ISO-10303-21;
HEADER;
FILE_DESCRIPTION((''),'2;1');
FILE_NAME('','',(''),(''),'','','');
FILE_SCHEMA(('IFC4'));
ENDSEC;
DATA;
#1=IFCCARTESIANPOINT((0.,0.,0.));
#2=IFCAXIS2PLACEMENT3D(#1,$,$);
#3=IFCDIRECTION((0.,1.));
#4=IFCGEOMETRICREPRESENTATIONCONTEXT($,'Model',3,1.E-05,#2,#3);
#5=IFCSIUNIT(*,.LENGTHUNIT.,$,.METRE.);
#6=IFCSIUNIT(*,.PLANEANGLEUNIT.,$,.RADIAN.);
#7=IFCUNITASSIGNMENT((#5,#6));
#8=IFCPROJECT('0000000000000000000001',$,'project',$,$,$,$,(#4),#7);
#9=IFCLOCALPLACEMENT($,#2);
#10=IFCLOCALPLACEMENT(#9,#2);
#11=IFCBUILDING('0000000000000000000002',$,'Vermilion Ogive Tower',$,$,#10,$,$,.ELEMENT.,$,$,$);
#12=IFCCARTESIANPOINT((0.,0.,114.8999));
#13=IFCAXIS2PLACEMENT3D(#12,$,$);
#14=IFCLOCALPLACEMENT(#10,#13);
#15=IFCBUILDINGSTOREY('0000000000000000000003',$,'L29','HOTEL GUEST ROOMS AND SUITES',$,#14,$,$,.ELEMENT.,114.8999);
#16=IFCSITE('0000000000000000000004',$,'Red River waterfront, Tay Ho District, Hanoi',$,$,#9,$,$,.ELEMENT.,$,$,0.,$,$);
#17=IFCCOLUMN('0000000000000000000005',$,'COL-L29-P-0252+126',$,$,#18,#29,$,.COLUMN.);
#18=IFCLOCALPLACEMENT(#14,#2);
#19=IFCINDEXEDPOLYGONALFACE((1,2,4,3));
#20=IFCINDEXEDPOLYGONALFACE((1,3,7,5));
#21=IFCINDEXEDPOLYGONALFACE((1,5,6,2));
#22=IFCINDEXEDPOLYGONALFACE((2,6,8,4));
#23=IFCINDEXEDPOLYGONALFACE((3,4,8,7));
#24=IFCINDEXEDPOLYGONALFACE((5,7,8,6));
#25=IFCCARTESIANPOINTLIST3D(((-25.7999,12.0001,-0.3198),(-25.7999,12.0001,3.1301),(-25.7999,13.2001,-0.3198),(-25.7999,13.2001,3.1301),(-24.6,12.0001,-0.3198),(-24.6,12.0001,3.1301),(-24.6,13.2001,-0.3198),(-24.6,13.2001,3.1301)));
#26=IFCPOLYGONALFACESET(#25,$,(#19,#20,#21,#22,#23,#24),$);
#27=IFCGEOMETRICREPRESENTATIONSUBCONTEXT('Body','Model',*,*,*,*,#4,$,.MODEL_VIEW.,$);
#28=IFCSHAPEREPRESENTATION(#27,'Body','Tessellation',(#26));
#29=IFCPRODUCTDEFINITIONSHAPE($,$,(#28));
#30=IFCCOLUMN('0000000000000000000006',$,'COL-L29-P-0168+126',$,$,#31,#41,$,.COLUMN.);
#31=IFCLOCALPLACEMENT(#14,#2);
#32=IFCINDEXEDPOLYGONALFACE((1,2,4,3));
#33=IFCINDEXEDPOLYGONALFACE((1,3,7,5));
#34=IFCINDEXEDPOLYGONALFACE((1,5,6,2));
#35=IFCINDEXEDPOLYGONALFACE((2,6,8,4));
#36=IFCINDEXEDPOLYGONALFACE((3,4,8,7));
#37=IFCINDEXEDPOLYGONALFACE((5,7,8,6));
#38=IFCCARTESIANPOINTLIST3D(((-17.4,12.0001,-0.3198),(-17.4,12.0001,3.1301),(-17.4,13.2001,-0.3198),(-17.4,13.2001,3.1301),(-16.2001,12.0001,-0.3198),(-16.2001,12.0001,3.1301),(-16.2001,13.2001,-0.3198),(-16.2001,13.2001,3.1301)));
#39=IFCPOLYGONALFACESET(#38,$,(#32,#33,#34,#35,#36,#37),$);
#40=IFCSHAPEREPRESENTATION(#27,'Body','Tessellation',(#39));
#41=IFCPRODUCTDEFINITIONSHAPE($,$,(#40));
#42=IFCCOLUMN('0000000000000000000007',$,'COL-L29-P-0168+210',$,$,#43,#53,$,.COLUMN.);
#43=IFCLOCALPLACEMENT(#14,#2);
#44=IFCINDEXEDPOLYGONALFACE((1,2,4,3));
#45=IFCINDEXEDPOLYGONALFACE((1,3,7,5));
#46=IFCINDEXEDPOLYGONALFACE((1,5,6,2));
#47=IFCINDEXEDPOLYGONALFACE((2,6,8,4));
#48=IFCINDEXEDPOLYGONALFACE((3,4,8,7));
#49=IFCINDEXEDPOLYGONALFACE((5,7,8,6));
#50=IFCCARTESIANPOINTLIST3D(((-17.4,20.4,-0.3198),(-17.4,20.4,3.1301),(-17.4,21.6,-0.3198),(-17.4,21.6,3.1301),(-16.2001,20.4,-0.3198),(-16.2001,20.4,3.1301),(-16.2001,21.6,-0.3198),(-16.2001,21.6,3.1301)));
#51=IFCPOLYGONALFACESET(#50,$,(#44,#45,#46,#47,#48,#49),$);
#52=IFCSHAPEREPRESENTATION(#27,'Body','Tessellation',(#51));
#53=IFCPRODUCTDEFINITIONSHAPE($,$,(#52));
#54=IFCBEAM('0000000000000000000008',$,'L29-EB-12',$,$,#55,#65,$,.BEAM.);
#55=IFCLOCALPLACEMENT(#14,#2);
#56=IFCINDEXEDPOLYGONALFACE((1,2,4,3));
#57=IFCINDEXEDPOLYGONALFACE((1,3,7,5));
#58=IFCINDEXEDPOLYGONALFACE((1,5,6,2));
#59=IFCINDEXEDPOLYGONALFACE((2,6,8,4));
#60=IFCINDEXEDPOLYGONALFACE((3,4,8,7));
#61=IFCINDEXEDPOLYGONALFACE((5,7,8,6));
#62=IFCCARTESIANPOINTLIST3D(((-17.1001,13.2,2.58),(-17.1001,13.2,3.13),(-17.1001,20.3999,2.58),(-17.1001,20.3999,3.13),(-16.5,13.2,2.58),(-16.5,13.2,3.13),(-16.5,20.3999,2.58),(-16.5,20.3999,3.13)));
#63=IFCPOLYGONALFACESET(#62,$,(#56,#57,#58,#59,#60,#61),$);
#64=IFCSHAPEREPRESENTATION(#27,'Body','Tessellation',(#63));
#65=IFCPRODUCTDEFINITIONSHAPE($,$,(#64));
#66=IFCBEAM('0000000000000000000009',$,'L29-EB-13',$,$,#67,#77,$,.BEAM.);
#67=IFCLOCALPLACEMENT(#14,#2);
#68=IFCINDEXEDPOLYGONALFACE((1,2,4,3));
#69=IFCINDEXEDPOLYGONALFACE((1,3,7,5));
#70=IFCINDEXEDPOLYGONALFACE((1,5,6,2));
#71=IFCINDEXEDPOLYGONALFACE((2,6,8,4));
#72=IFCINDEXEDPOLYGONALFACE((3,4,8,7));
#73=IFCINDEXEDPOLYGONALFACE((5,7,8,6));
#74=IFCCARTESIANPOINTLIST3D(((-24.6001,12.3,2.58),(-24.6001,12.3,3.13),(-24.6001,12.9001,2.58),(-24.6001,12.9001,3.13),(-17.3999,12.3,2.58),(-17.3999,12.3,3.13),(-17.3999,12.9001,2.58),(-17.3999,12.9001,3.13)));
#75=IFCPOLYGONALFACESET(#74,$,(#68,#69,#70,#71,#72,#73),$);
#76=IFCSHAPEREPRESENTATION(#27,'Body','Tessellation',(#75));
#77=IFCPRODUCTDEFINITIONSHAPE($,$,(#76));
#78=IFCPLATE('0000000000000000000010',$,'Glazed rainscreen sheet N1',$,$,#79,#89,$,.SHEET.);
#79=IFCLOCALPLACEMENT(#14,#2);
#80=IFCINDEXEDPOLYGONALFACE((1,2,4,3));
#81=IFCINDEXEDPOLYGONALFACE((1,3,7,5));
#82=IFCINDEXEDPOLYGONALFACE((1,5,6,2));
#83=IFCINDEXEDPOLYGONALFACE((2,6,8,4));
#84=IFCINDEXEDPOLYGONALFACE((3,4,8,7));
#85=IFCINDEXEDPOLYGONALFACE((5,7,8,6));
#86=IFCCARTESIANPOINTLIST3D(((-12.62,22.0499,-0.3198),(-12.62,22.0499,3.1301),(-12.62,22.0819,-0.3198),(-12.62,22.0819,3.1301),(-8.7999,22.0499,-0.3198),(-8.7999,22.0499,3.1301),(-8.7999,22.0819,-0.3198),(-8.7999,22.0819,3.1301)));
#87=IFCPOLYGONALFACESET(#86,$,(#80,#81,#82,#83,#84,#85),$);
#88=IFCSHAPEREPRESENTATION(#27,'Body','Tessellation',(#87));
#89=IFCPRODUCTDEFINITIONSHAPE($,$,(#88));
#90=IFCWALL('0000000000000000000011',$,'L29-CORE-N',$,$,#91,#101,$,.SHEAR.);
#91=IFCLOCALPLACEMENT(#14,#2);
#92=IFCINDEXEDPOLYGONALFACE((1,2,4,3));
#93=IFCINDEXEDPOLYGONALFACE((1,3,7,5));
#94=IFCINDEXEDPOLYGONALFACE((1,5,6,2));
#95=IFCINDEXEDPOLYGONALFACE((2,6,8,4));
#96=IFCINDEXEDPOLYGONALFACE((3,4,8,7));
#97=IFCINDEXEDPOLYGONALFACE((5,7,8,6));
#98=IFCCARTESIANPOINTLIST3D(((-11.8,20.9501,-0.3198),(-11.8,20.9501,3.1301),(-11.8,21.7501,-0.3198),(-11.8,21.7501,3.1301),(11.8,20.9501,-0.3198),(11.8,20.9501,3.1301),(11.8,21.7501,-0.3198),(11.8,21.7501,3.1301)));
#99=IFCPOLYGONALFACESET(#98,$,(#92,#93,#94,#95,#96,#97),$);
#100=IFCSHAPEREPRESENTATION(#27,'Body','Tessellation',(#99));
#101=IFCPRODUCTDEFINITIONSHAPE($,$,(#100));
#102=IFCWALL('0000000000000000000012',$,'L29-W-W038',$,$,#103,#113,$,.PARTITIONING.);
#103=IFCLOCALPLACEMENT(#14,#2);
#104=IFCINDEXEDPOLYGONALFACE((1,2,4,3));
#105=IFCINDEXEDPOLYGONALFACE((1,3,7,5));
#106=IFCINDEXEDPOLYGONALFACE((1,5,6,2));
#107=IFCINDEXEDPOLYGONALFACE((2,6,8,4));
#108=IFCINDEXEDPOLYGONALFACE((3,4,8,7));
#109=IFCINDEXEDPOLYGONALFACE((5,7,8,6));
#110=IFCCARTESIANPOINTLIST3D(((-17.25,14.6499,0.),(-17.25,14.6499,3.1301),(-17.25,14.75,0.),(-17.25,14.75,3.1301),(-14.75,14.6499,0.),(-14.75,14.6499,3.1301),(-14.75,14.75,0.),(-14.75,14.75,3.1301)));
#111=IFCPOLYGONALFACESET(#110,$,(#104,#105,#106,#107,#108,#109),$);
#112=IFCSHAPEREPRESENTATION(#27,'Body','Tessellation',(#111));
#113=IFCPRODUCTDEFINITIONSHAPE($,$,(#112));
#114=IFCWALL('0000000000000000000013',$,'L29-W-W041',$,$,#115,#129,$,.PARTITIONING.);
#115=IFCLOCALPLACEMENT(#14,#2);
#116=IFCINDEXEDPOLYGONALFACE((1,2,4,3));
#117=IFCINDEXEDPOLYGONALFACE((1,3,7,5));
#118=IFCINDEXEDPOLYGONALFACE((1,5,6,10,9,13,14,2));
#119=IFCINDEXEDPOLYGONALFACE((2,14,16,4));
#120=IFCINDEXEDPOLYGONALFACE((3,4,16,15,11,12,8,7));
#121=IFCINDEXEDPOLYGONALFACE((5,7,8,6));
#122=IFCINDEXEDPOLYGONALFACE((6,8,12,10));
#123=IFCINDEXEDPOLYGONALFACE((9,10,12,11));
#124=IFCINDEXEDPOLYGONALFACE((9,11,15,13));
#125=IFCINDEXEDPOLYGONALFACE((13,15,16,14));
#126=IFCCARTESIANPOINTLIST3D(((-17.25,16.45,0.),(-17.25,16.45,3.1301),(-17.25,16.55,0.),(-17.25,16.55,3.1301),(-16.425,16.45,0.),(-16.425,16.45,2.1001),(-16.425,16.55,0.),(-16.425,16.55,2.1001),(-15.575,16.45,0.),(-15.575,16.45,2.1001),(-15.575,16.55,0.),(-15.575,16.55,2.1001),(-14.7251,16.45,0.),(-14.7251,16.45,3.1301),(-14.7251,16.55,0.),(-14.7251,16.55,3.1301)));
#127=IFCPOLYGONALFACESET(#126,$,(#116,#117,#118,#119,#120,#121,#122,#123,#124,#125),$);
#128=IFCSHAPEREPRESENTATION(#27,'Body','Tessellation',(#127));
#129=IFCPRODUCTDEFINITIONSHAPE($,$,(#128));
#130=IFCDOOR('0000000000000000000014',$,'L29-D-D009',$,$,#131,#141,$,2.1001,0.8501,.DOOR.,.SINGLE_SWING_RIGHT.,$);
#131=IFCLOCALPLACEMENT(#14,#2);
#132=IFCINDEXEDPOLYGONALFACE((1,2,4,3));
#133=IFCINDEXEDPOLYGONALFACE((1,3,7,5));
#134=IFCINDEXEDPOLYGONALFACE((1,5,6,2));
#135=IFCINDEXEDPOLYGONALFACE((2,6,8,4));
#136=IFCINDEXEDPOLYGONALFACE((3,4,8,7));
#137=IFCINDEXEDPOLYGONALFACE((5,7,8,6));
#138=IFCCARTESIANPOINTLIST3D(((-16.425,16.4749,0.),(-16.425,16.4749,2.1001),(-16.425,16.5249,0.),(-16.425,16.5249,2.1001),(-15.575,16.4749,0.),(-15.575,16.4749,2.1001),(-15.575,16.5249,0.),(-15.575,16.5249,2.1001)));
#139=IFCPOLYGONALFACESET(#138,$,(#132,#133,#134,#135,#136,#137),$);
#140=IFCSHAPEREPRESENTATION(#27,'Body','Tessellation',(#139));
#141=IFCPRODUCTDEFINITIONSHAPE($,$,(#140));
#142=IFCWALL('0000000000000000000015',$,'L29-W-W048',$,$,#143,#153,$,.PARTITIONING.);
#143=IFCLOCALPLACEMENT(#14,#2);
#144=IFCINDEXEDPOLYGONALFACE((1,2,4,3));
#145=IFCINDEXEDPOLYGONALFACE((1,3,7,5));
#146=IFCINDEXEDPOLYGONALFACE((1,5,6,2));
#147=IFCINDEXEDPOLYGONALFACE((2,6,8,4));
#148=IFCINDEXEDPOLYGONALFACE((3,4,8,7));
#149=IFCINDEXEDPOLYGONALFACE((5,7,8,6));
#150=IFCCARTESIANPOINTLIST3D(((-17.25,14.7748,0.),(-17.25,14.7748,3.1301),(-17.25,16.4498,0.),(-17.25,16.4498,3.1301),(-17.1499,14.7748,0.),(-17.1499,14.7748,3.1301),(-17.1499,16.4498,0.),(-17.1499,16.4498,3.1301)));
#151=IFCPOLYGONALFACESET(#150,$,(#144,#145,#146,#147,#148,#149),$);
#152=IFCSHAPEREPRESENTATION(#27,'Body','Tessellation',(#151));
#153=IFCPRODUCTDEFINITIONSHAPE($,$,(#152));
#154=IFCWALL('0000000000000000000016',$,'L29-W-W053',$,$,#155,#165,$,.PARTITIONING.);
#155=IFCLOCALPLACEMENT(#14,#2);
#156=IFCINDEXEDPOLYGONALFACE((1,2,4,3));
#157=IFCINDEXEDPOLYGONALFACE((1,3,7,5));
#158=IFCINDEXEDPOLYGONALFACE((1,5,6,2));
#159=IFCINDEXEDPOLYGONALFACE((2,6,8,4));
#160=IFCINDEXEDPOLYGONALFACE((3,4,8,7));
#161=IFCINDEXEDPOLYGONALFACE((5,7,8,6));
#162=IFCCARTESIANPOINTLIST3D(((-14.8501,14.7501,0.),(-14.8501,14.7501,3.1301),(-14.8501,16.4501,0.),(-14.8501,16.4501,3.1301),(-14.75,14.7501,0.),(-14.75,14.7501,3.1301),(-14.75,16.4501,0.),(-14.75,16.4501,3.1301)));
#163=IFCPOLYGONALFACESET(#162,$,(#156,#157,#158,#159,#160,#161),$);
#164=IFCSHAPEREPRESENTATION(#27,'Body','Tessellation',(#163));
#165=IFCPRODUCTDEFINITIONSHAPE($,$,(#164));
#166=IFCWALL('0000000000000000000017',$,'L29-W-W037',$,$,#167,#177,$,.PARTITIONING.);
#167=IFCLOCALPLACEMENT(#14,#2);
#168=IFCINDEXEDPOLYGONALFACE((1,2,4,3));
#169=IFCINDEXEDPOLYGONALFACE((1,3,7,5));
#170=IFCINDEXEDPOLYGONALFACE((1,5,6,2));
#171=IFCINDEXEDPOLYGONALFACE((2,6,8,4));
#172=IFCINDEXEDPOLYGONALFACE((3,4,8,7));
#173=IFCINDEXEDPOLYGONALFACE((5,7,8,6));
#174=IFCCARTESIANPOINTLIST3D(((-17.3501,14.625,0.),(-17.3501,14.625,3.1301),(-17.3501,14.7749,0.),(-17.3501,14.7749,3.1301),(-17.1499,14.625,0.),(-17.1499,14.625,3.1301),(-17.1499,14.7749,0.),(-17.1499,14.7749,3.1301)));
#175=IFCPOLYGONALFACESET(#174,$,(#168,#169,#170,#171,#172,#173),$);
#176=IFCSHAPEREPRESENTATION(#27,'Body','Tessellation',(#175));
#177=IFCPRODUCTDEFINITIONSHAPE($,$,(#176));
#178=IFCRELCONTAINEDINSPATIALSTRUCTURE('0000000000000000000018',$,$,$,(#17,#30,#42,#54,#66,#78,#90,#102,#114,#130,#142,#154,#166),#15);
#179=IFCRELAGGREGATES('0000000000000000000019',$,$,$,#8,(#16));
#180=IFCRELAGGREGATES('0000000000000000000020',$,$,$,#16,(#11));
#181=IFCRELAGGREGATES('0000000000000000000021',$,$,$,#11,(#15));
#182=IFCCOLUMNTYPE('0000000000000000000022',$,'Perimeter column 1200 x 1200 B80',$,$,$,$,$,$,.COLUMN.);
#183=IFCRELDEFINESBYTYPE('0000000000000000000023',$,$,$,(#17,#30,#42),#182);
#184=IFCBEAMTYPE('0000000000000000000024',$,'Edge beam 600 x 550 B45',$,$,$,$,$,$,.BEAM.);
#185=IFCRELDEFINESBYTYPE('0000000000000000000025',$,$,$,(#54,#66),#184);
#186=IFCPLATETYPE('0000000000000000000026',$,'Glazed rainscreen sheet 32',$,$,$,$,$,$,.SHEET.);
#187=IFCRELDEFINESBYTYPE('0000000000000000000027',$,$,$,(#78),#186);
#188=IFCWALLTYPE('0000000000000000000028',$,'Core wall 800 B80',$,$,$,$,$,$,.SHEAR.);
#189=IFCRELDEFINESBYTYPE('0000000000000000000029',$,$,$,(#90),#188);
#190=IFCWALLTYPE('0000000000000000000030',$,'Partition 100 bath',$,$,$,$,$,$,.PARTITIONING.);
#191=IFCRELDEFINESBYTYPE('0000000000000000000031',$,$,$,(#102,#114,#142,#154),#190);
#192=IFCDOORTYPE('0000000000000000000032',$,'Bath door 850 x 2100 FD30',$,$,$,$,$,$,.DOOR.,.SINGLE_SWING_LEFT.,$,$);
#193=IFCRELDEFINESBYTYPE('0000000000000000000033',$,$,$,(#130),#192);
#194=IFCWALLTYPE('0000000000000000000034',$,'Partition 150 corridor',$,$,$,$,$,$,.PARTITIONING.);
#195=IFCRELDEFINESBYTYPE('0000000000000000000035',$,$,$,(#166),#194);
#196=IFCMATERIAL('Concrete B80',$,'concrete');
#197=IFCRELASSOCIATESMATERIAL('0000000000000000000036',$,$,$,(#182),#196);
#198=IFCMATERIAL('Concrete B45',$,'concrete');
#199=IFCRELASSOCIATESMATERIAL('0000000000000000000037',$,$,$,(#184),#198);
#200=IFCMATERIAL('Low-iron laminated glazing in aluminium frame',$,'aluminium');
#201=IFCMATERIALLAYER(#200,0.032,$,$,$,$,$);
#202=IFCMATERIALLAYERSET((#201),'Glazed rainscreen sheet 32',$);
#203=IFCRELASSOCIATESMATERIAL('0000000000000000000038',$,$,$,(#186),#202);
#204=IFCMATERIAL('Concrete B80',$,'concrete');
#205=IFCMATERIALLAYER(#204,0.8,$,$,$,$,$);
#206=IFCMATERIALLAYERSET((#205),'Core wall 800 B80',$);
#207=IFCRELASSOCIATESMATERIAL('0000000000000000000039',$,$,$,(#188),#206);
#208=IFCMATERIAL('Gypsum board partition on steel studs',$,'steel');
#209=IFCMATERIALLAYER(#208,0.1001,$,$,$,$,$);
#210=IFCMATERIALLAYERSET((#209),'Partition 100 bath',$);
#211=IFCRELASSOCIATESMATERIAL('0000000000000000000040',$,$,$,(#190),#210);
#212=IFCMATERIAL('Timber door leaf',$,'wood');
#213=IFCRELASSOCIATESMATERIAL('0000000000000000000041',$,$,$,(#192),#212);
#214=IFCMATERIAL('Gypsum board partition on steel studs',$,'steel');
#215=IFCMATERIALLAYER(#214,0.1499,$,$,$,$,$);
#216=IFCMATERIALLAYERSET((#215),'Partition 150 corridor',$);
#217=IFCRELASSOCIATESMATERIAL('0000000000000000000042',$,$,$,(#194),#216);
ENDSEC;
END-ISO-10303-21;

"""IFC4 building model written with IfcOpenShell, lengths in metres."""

from ifc_helpers import new_model, si_unit, direction, frame, frame_2d, origin, origin_2d, place, context, subcontext, project, spatial, rectangle, extrude, material, layer, layer_set, material_profile, profile_set, type_object, element, fill, save


model = new_model("IFC4")

# Units and contexts
model_context = context("Model", 3, precision=1e-05, world=origin(), true_north=direction((0.0, 1.0)))
body_context = subcontext(model_context, "Body", "Model", "MODEL_VIEW")
ifc_project = project(units=[si_unit("LENGTHUNIT", "METRE"), si_unit("PLANEANGLEUNIT", "RADIAN")], contexts=[model_context])

# Site, building, storey
site_placement = place(None, origin())
site = spatial("IfcSite", under=ifc_project, at=site_placement, Name="Red River waterfront, Tay Ho District, Hanoi", CompositionType="ELEMENT", RefElevation=0.0)
building_placement = place(site_placement, origin())
building = spatial("IfcBuilding", under=site, at=building_placement, Name="Vermilion Ogive Tower", CompositionType="ELEMENT")
storey_placement = place(building_placement, frame((0.0, 0.0, 114.8999)))
storey = spatial("IfcBuildingStorey", under=building, at=storey_placement, Name="L29", Description="HOTEL GUEST ROOMS AND SUITES", CompositionType="ELEMENT", Elevation=114.8999)

# Columns
ifc_material_1 = material(Name="Concrete B80", Category="concrete")
ifc_material_profile_1 = material_profile(ifc_material_1, rectangle(XDim=1.2, YDim=1.2, at=origin_2d()), Name="1200 x 1200")
ifc_profile_set_1 = profile_set([ifc_material_profile_1], Name="Concrete B80")
column_type = type_object("IfcColumnType", Name="Perimeter column 1200 x 1200 B80", PredefinedType="COLUMN", material=ifc_profile_set_1)
for number, where, z_axis, x_axis, name in (
    (1, (-25.2, 12.6001, -0.3198), (0.0, 0.0, 1.0), (1.0, 0.0, 0.0), "COL-L29-P-0252+126"),
    (2, (-16.8, 12.6001, -0.3198), (0.0, 0.0, 1.0), (1.0, 0.0, 0.0), "COL-L29-P-0168+126"),
    (3, (-16.8, 21.0, -0.3198), (0.0, 0.0, 1.0), (1.0, 0.0, 0.0), "COL-L29-P-0168+210"),
):
    element("IfcColumn", number, at=place(storey_placement, frame(where, z_axis=z_axis, x_axis=x_axis)), inside=storey, type_object=column_type, Name=name, PredefinedType="COLUMN", context=body_context, shape_type="SweptSolid", body=[
        extrude(rectangle(XDim=1.2, YDim=1.2, at=origin_2d()), origin(), (0.0, 0.0, 1.0), 3.45),
    ])

# Beams
ifc_material_2 = material(Name="Concrete B45", Category="concrete")
ifc_material_profile_2 = material_profile(ifc_material_2, rectangle(XDim=0.6001, YDim=0.55, at=origin_2d()), Name="600 x 550")
ifc_profile_set_2 = profile_set([ifc_material_profile_2], Name="Concrete B45")
beam_type = type_object("IfcBeamType", Name="Edge beam 600 x 550 B45", PredefinedType="BEAM", material=ifc_profile_set_2)
beam_1_placement = place(storey_placement, frame((-16.8, 20.3999, 2.855), z_axis=(0.0, -1.0, 0.0), x_axis=(1.0, 0.0, 0.0)))
element("IfcBeam", 4, at=beam_1_placement, inside=storey, type_object=beam_type, Name="L29-EB-12", PredefinedType="BEAM", context=body_context, shape_type="SweptSolid", body=[
    extrude(rectangle(XDim=0.6001, YDim=0.55, at=origin_2d()), origin(), (0.0, 0.0, 1.0), 7.2),
])
beam_2_placement = place(storey_placement, frame((-17.3999, 12.6001, 2.855), z_axis=(-1.0, 0.0, 0.0), x_axis=(0.0, -1.0, 0.0)))
element("IfcBeam", 5, at=beam_2_placement, inside=storey, type_object=beam_type, Name="L29-EB-13", PredefinedType="BEAM", context=body_context, shape_type="SweptSolid", body=[
    extrude(rectangle(XDim=0.6001, YDim=0.55, at=origin_2d()), origin(), (0.0, 0.0, 1.0), 7.2002),
])

# Plate
ifc_material_3 = material(Name="Low-iron laminated glazing in aluminium frame", Category="aluminium")
ifc_layer_1 = layer(ifc_material_3, 0.032)
ifc_layer_set_1 = layer_set([ifc_layer_1], Name="Glazed rainscreen sheet 32")
plate_type = type_object("IfcPlateType", Name="Glazed rainscreen sheet 32", PredefinedType="SHEET", material=ifc_layer_set_1)
plate_placement = place(storey_placement, frame((-10.71, 22.0659, -0.3198), z_axis=(0.0, 0.0, 1.0), x_axis=(1.0, 0.0, 0.0)))
element("IfcPlate", 6, at=plate_placement, inside=storey, type_object=plate_type, Name="Glazed rainscreen sheet N1", PredefinedType="SHEET", context=body_context, shape_type="SweptSolid", body=[
    extrude(rectangle(XDim=3.8201, YDim=0.032, at=origin_2d()), origin(), (0.0, 0.0, 1.0), 3.45),
])

# Walls
ifc_material_4 = material(Name="Concrete B80", Category="concrete")
ifc_layer_2 = layer(ifc_material_4, 0.8)
ifc_layer_set_2 = layer_set([ifc_layer_2], Name="Core wall 800 B80")
wall_type_1 = type_object("IfcWallType", Name="Core wall 800 B80", PredefinedType="SHEAR", material=ifc_layer_set_2)
wall_1_placement = place(storey_placement, frame((-11.8, 21.3501, -0.3198), z_axis=(0.0, 0.0, 1.0), x_axis=(1.0, 0.0, 0.0)))
element("IfcWall", 7, at=wall_1_placement, inside=storey, type_object=wall_type_1, Name="L29-CORE-N", PredefinedType="SHEAR", context=body_context, shape_type="SweptSolid", body=[
    extrude(rectangle(XDim=23.6001, YDim=0.8, at=frame_2d((11.8, 0.0))), origin(), (0.0, 0.0, 1.0), 3.45),
])
ifc_material_5 = material(Name="Gypsum board partition on steel studs", Category="steel")
ifc_layer_3 = layer(ifc_material_5, 0.1001)
ifc_layer_set_3 = layer_set([ifc_layer_3], Name="Partition 100 bath")
wall_type_2 = type_object("IfcWallType", Name="Partition 100 bath", PredefinedType="PARTITIONING", material=ifc_layer_set_3)
wall_2_placement = place(storey_placement, frame((-17.25, 14.7, 0.0), z_axis=(0.0, 0.0, 1.0), x_axis=(1.0, 0.0, 0.0)))
element("IfcWall", 8, at=wall_2_placement, inside=storey, type_object=wall_type_2, Name="L29-W-W038", PredefinedType="PARTITIONING", context=body_context, shape_type="SweptSolid", body=[
    extrude(rectangle(XDim=2.5, YDim=0.1001, at=frame_2d((1.25, 0.0))), origin(), (0.0, 0.0, 1.0), 3.1301),
])

# Wall, opening, door
wall_3_placement = place(storey_placement, frame((-17.25, 16.5, 0.0), z_axis=(0.0, 0.0, 1.0), x_axis=(1.0, 0.0, 0.0)))
wall_3 = element("IfcWall", 9, at=wall_3_placement, inside=storey, type_object=wall_type_2, Name="L29-W-W041", PredefinedType="PARTITIONING", context=body_context, shape_type="SweptSolid", body=[
    extrude(rectangle(XDim=2.5249, YDim=0.1001, at=frame_2d((1.2625, 0.0))), origin(), (0.0, 0.0, 1.0), 3.1301),
])
opening_1_placement = place(wall_3_placement, frame((0.825, 0.0, 0.0)))
opening_1 = element("IfcOpeningElement", 10, at=opening_1_placement, cuts=wall_3, PredefinedType="OPENING", context=body_context, shape_type="SweptSolid", body=[
    extrude(rectangle(XDim=0.8501, YDim=2.1001, at=frame_2d((0.425, 1.05))), frame((0.0, 0.0601, 0.0), z_axis=(0.0, -1.0, 0.0), x_axis=(1.0, 0.0, 0.0)), (0.0, 0.0, 1.0), 0.1201),
])
ifc_material_6 = material(Name="Timber door leaf", Category="wood")
door_type_1 = type_object("IfcDoorType", Name="Bath door 850 x 2100 FD30", OperationType="SINGLE_SWING_LEFT", PredefinedType="DOOR", material=ifc_material_6)
door_1_placement = place(opening_1_placement, origin())
door_1 = element("IfcDoor", 11, at=door_1_placement, inside=storey, type_object=door_type_1, Name="L29-D-D009", OperationType="SINGLE_SWING_RIGHT", OverallHeight=2.1001, OverallWidth=0.8501, PredefinedType="DOOR", context=body_context, shape_type="SweptSolid", body=[
    extrude(rectangle(XDim=0.8501, YDim=2.1001, at=frame_2d((0.425, 1.05))), frame((0.0, 0.0249, 0.0), z_axis=(0.0, -1.0, 0.0), x_axis=(1.0, 0.0, 0.0)), (0.0, 0.0, 1.0), 0.05),
])
fill(opening_1, door_1)

# Walls
wall_4_placement = place(storey_placement, frame((-17.2, 14.7749, 0.0), z_axis=(0.0, 0.0, 1.0), x_axis=(0.0, 1.0, 0.0)))
element("IfcWall", 12, at=wall_4_placement, inside=storey, type_object=wall_type_2, Name="L29-W-W048", PredefinedType="PARTITIONING", context=body_context, shape_type="SweptSolid", body=[
    extrude(rectangle(XDim=1.675, YDim=0.1001, at=frame_2d((0.8374, 0.0))), origin(), (0.0, 0.0, 1.0), 3.1301),
])
wall_5_placement = place(storey_placement, frame((-14.8, 14.75, 0.0), z_axis=(0.0, 0.0, 1.0), x_axis=(0.0, 1.0, 0.0)))
element("IfcWall", 13, at=wall_5_placement, inside=storey, type_object=wall_type_2, Name="L29-W-W053", PredefinedType="PARTITIONING", context=body_context, shape_type="SweptSolid", body=[
    extrude(rectangle(XDim=1.7, YDim=0.1001, at=frame_2d((0.8501, 0.0))), origin(), (0.0, 0.0, 1.0), 3.1301),
])
ifc_material_7 = material(Name="Gypsum board partition on steel studs", Category="steel")
ifc_layer_4 = layer(ifc_material_7, 0.1499)
ifc_layer_set_4 = layer_set([ifc_layer_4], Name="Partition 150 corridor")
wall_type_3 = type_object("IfcWallType", Name="Partition 150 corridor", PredefinedType="PARTITIONING", material=ifc_layer_set_4)
wall_6_placement = place(storey_placement, frame((-17.3501, 14.7, 0.0), z_axis=(0.0, 0.0, 1.0), x_axis=(1.0, 0.0, 0.0)))
element("IfcWall", 14, at=wall_6_placement, inside=storey, type_object=wall_type_3, Name="L29-W-W037", PredefinedType="PARTITIONING", context=body_context, shape_type="SweptSolid", body=[
    extrude(rectangle(XDim=0.2002, YDim=0.1499, at=frame_2d((0.1001, 0.0))), origin(), (0.0, 0.0, 1.0), 3.1301),
])

save(model, "model.ifc")
